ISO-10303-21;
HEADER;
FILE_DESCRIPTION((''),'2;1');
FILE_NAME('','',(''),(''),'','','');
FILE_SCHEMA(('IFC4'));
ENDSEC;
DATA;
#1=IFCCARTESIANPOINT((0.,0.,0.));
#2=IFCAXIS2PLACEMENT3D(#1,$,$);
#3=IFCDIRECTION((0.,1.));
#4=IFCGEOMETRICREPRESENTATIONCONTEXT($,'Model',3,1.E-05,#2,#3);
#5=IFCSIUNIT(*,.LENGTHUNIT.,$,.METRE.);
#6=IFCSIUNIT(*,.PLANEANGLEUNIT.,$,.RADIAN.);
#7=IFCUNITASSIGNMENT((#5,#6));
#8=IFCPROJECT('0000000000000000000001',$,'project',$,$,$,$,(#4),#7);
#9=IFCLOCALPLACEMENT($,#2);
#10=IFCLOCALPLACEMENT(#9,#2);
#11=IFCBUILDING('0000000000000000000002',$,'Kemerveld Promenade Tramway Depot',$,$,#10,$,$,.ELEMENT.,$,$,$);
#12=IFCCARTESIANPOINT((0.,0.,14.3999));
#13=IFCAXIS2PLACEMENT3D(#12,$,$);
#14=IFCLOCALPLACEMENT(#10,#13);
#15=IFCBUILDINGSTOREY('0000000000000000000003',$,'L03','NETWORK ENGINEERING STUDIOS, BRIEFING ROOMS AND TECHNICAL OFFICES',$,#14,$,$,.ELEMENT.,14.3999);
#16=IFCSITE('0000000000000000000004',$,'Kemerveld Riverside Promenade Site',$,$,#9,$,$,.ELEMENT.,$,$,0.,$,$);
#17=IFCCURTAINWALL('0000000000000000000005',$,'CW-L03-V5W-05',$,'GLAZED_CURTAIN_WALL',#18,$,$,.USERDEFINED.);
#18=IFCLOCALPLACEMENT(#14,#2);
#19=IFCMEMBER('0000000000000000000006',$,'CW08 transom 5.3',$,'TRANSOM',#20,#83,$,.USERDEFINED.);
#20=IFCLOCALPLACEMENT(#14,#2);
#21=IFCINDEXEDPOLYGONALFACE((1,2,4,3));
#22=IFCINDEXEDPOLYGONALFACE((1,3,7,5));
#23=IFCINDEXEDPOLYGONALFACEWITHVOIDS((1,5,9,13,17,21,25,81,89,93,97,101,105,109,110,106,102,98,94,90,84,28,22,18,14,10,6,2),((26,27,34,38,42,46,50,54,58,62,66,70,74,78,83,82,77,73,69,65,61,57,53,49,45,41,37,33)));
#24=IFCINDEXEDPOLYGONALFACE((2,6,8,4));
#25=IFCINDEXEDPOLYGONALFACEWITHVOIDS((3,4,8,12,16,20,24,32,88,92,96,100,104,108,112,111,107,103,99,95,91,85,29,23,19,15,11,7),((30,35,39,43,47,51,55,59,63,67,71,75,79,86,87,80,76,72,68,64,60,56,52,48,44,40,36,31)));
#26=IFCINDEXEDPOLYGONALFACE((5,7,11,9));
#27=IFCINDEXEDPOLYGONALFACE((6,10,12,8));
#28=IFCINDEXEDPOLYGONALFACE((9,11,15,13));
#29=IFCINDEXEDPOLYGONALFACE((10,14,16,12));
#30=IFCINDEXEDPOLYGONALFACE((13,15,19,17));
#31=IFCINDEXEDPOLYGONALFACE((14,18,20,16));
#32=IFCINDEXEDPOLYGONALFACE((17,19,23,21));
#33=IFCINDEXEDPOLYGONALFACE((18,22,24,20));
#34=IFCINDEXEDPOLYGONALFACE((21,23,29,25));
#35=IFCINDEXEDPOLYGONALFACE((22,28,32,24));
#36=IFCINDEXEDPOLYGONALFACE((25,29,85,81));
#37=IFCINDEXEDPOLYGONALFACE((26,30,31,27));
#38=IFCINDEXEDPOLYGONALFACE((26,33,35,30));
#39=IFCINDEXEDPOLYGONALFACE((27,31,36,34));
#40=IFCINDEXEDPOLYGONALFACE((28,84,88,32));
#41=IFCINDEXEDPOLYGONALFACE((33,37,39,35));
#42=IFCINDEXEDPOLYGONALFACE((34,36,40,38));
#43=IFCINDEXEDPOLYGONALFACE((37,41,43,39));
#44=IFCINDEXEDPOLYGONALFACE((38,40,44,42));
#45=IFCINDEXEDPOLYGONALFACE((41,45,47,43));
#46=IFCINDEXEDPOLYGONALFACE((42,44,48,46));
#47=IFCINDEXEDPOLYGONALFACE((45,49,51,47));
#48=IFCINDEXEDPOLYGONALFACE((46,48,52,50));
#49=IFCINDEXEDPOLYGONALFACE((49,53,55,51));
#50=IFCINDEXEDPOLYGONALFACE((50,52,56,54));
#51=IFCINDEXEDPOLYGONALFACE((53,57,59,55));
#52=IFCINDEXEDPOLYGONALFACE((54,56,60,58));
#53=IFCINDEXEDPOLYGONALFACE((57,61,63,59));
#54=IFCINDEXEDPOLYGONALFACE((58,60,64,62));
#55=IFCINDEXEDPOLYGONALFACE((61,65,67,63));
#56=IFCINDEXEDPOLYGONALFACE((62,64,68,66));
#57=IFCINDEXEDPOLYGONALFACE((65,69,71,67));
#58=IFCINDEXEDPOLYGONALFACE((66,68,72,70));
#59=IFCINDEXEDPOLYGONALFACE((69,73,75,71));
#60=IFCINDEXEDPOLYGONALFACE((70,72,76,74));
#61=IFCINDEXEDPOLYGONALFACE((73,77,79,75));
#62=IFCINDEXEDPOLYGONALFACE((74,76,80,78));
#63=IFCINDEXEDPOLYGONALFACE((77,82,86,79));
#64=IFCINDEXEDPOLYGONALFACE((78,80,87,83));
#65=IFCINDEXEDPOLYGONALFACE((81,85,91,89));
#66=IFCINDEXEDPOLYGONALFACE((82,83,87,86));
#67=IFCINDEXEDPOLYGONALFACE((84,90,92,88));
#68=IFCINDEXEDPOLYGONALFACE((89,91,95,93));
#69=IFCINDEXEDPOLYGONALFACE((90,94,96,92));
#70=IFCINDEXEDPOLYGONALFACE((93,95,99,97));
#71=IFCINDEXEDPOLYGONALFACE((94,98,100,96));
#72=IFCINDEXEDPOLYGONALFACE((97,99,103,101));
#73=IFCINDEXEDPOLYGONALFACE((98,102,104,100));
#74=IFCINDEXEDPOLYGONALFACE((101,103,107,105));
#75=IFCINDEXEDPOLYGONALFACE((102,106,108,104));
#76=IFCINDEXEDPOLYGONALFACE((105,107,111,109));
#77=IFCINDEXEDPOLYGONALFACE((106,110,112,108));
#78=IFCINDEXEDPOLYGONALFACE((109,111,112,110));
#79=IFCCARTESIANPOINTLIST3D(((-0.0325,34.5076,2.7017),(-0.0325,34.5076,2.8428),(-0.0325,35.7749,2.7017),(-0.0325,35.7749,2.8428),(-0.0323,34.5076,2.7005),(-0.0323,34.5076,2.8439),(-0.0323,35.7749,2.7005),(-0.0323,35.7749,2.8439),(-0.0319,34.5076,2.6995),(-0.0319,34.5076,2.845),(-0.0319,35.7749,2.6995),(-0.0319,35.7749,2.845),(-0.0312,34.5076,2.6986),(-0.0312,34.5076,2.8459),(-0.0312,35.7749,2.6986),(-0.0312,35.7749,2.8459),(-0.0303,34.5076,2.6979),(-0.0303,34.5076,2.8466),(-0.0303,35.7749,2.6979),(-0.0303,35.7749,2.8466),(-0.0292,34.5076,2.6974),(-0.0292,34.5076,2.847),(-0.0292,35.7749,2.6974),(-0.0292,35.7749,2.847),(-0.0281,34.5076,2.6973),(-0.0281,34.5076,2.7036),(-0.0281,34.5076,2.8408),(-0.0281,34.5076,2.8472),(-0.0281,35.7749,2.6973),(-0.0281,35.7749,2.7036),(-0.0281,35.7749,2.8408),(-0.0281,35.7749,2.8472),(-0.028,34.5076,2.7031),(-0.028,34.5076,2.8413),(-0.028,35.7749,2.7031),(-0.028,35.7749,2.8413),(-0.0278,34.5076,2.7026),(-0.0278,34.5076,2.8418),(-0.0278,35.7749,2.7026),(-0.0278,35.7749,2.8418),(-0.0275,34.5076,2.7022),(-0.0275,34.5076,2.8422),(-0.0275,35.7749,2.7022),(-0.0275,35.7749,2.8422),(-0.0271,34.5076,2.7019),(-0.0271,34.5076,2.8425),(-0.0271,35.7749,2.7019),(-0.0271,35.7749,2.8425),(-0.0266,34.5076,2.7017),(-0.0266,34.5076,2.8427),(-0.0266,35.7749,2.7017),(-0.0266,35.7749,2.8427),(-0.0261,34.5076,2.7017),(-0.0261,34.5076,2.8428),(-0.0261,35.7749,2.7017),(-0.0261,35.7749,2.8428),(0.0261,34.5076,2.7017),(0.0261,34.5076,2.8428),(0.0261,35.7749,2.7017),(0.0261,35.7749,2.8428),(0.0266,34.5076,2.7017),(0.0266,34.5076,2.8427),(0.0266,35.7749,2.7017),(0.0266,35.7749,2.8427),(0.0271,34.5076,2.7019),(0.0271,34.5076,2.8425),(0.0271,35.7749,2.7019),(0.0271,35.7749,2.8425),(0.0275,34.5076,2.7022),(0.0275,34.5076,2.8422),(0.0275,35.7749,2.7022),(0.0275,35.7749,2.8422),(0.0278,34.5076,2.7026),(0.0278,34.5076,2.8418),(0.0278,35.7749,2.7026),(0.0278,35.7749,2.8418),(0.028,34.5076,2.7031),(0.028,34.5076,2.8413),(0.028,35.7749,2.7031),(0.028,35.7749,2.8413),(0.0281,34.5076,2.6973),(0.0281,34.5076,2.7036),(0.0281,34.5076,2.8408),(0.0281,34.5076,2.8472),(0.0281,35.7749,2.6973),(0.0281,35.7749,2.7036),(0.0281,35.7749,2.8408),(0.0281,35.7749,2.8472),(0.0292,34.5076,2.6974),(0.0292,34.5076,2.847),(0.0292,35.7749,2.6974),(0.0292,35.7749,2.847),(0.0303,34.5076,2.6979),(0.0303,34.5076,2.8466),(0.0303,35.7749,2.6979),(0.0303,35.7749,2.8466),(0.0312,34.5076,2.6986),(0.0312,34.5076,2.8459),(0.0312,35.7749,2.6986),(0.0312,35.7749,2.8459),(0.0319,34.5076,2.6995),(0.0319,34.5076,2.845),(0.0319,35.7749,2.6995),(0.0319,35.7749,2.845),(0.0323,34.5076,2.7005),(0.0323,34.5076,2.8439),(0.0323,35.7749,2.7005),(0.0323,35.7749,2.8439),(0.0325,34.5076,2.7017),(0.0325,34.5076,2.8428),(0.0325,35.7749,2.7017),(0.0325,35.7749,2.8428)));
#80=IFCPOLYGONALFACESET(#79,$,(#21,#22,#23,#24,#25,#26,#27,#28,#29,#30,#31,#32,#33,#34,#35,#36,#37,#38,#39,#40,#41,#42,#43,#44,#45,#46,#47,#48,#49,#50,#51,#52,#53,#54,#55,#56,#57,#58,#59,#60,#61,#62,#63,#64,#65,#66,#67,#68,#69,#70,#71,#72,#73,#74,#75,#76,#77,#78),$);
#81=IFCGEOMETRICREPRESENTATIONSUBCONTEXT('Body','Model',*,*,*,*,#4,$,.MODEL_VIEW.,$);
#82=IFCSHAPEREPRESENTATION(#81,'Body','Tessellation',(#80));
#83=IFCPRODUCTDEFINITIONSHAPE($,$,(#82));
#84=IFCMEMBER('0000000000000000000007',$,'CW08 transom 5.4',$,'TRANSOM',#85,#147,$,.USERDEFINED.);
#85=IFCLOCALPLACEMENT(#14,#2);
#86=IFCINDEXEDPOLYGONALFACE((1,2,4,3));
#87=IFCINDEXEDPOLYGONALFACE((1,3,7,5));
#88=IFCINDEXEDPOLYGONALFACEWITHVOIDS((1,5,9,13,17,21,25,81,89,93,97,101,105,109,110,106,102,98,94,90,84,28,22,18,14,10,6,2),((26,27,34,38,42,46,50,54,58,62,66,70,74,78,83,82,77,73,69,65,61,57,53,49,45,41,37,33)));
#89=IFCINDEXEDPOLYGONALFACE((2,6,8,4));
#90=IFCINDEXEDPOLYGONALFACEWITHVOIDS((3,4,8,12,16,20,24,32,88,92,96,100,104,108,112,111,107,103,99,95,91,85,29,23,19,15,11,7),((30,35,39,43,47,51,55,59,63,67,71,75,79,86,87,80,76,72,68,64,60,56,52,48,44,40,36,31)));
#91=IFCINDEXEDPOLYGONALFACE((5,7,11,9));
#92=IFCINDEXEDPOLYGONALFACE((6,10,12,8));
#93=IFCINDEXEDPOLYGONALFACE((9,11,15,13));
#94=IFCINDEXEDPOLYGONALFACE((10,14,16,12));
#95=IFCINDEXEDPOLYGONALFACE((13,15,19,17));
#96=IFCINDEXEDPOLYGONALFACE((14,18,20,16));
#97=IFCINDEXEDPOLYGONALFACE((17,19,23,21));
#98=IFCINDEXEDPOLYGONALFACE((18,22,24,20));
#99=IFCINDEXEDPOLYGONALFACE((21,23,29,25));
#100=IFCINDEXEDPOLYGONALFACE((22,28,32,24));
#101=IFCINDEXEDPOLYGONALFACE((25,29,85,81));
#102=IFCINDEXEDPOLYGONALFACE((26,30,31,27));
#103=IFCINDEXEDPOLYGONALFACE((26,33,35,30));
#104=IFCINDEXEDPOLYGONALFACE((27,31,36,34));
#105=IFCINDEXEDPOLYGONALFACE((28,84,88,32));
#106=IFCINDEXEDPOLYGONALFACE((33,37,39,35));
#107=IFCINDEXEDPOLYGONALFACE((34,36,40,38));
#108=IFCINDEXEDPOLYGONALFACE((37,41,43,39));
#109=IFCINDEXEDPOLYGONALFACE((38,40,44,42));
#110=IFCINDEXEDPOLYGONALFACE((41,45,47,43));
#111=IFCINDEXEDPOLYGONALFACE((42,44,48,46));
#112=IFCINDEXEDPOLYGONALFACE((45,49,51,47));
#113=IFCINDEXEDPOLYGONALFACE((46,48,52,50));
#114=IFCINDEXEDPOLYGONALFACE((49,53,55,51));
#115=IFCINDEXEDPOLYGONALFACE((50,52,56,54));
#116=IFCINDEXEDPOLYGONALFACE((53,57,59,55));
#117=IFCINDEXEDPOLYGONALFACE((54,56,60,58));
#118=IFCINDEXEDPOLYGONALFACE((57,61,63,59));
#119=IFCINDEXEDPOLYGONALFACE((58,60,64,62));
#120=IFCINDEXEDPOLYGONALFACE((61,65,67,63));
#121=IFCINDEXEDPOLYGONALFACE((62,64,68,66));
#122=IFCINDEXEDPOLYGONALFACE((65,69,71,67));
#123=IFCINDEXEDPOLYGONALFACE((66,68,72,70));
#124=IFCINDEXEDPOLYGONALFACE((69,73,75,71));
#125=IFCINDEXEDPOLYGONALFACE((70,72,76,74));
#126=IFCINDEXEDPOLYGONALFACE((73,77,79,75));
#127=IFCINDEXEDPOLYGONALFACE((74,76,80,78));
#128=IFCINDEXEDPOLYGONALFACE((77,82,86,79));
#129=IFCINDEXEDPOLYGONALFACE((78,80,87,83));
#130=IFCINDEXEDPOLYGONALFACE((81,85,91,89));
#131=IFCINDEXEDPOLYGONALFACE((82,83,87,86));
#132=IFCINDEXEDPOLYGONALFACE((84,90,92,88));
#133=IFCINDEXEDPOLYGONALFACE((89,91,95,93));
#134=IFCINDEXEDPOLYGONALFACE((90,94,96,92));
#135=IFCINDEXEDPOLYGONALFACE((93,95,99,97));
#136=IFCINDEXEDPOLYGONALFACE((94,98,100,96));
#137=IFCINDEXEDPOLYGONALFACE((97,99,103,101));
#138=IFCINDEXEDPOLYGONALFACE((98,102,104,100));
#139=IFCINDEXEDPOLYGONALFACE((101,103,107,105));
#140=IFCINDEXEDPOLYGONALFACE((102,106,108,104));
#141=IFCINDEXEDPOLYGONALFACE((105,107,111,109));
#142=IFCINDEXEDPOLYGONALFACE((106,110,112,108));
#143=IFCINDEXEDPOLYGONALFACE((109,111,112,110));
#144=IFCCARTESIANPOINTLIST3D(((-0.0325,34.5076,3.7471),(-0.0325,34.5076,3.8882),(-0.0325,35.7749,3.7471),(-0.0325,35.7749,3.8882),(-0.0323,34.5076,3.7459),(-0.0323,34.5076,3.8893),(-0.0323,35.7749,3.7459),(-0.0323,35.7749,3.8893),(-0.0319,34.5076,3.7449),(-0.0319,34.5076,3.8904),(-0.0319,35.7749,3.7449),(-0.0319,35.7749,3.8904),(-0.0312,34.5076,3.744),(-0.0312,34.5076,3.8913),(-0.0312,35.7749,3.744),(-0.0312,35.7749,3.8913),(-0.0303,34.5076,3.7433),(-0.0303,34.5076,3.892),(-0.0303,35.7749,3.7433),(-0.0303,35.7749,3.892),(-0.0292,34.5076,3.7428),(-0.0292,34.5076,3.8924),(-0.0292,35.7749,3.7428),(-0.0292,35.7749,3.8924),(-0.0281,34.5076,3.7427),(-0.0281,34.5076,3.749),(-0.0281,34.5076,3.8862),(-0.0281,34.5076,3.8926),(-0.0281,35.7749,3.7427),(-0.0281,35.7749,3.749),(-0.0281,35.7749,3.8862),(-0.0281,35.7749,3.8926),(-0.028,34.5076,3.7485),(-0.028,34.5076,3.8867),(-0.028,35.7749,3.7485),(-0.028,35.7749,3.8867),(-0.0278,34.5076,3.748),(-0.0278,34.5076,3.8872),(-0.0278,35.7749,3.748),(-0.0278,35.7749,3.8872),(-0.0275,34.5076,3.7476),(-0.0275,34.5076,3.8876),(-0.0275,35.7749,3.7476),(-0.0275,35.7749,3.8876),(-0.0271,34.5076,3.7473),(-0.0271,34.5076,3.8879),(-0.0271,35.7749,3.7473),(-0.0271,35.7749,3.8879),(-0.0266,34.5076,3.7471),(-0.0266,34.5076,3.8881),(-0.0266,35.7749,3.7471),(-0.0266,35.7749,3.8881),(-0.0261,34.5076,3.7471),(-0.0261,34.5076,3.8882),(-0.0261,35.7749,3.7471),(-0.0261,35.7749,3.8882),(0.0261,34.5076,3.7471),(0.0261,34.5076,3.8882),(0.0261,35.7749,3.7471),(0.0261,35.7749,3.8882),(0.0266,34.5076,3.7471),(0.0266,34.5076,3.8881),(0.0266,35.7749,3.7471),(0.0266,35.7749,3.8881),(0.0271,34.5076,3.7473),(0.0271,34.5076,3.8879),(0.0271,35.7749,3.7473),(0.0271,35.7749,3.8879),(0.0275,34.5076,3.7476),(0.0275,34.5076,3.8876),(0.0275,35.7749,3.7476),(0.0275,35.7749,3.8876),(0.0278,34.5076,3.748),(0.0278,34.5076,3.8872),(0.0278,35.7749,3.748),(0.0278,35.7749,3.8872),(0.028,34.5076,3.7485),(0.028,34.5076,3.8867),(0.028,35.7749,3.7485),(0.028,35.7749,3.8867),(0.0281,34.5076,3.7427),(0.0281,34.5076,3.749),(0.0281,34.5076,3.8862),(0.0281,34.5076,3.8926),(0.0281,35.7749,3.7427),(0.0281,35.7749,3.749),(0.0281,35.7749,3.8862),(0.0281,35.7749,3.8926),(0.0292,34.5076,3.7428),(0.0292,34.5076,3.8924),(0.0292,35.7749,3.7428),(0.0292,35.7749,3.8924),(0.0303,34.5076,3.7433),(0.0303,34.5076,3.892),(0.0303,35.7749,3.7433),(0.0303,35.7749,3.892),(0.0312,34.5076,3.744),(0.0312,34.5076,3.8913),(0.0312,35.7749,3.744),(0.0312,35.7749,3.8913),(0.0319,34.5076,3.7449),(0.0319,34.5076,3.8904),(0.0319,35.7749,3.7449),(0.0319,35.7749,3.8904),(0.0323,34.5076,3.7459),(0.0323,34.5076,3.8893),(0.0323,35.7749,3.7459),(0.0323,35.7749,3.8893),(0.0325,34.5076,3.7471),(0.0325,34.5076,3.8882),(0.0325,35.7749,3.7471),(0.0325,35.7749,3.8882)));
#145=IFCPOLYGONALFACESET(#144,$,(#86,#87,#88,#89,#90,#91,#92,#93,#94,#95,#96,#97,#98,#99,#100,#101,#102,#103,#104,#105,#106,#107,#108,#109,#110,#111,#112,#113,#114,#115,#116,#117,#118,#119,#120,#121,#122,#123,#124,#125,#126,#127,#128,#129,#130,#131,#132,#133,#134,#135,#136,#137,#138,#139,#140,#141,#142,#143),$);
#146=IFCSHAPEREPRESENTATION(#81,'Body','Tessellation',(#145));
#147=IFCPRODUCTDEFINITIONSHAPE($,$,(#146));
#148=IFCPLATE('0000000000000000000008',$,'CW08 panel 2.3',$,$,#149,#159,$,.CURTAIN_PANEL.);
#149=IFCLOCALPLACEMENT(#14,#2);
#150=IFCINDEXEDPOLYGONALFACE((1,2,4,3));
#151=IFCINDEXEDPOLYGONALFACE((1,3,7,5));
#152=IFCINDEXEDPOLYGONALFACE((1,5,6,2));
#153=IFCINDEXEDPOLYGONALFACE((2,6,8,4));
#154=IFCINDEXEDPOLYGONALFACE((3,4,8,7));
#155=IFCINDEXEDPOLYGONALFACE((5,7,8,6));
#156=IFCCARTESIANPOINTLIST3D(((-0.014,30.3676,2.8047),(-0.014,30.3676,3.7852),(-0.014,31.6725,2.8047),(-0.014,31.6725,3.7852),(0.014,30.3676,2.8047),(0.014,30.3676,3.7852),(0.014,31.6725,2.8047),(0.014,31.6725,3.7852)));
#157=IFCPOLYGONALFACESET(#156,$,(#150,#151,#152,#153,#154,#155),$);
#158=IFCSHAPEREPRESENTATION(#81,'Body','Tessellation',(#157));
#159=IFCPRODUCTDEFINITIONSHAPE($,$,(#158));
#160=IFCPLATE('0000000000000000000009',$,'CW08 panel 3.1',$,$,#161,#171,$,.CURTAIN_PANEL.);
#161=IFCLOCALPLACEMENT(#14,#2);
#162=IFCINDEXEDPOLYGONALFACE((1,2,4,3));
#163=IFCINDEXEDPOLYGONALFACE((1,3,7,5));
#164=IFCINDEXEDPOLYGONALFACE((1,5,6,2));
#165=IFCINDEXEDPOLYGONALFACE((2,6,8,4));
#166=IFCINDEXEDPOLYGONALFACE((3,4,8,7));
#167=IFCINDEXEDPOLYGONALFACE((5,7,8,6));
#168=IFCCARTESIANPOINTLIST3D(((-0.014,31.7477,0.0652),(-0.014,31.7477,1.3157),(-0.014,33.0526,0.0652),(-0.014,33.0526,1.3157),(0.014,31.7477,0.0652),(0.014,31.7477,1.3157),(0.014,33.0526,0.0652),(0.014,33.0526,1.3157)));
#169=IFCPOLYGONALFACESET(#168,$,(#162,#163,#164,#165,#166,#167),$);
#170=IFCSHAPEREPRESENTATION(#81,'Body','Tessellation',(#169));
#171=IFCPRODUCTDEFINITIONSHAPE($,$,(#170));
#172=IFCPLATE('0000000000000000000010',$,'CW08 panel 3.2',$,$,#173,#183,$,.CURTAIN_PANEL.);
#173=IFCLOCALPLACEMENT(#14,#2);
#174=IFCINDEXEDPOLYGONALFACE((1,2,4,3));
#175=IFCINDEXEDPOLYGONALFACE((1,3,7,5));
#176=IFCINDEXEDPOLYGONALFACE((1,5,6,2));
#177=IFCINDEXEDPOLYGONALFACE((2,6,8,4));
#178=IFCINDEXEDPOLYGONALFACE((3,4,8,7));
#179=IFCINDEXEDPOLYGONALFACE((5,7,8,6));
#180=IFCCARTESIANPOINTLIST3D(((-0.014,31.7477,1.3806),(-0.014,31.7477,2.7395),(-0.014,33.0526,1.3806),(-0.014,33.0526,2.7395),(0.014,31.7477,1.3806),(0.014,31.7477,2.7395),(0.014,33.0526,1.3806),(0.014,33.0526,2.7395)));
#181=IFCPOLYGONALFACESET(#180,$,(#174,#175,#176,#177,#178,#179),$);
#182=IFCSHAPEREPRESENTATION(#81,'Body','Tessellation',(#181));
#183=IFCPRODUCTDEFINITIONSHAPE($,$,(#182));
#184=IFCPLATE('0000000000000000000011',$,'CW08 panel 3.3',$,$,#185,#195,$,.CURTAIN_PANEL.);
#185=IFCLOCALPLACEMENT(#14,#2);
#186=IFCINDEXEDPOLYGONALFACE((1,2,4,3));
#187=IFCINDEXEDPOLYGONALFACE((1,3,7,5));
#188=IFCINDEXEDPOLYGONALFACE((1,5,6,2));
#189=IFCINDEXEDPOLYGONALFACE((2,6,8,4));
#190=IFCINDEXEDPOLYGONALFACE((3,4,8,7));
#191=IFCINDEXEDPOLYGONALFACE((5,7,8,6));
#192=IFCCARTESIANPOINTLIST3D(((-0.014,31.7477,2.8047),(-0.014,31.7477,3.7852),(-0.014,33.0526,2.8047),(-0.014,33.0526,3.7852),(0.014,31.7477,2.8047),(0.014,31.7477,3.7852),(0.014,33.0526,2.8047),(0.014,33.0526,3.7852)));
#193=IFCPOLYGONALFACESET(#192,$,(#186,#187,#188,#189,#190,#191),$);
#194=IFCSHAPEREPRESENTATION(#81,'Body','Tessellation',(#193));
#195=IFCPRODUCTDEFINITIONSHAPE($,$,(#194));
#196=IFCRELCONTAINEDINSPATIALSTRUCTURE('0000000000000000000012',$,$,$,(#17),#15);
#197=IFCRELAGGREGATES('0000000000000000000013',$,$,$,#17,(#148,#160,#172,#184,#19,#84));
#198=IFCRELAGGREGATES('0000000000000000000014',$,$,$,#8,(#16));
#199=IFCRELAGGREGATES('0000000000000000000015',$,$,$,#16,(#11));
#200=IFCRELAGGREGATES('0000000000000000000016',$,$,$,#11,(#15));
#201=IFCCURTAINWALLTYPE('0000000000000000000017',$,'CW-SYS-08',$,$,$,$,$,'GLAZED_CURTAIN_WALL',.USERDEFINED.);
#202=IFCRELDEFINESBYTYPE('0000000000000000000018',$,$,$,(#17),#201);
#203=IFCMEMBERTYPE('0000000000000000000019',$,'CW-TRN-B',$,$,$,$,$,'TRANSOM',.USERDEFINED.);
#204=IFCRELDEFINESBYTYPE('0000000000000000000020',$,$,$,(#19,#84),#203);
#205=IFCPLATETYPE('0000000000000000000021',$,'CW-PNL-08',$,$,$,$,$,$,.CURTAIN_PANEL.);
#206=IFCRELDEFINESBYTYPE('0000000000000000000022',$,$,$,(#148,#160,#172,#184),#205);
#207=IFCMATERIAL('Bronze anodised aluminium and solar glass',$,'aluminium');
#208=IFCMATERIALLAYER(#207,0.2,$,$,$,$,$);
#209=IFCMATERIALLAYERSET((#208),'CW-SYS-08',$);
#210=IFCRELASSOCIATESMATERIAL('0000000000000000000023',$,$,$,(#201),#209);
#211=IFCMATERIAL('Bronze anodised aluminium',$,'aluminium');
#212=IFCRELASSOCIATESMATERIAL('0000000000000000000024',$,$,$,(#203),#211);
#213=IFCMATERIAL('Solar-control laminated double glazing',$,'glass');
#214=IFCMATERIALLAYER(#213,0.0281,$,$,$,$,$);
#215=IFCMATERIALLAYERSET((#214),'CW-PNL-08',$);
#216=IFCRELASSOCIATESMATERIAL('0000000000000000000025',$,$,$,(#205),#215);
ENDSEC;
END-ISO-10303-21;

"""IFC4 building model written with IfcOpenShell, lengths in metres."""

from ifc_helpers import new_model, si_unit, direction, frame, origin, origin_2d, place, context, subcontext, project, spatial, rectangle, hollow_rectangle, extrude, material, layer, layer_set, material_profile, profile_set, type_object, element, aggregate, save


model = new_model("IFC4")

# Units and contexts
model_context = context("Model", 3, precision=1e-05, world=origin(), true_north=direction((0.0, 1.0)))
body_context = subcontext(model_context, "Body", "Model", "MODEL_VIEW")
ifc_project = project(units=[si_unit("LENGTHUNIT", "METRE"), si_unit("PLANEANGLEUNIT", "RADIAN")], contexts=[model_context])

# Site, building, storey
site_placement = place(None, origin())
site = spatial("IfcSite", under=ifc_project, at=site_placement, Name="Kemerveld Riverside Promenade Site", CompositionType="ELEMENT", RefElevation=0.0)
building_placement = place(site_placement, origin())
building = spatial("IfcBuilding", under=site, at=building_placement, Name="Kemerveld Promenade Tramway Depot", CompositionType="ELEMENT")
storey_placement = place(building_placement, frame((0.0, 0.0, 14.3999)))
storey = spatial("IfcBuildingStorey", under=building, at=storey_placement, Name="L03", Description="NETWORK ENGINEERING STUDIOS, BRIEFING ROOMS AND TECHNICAL OFFICES", CompositionType="ELEMENT", Elevation=14.3999)

# Curtain wall, members, plates
ifc_material_1 = material(Name="Bronze anodised aluminium and solar glass", Category="aluminium")
ifc_layer_1 = layer(ifc_material_1, 0.2)
ifc_layer_set_1 = layer_set([ifc_layer_1], Name="CW-SYS-08")
curtain_wall_type = type_object("IfcCurtainWallType", Name="CW-SYS-08", ElementType="GLAZED_CURTAIN_WALL", PredefinedType="USERDEFINED", material=ifc_layer_set_1)
curtain_wall_placement = place(storey_placement, origin())
curtain_wall = element("IfcCurtainWall", 1, at=curtain_wall_placement, inside=storey, type_object=curtain_wall_type, Name="CW-L03-V5W-05", ObjectType="GLAZED_CURTAIN_WALL", PredefinedType="USERDEFINED")
ifc_material_2 = material(Name="Bronze anodised aluminium", Category="aluminium")
ifc_material_profile_1 = material_profile(ifc_material_2, hollow_rectangle(XDim=0.0649, YDim=0.1499, WallThickness=0.0044, InnerFilletRadius=0.002, OuterFilletRadius=0.0044, at=origin_2d()), Name="CW-TRN-150x65")
ifc_profile_set_1 = profile_set([ifc_material_profile_1], Name="Bronze anodised aluminium")
member_type_1 = type_object("IfcMemberType", Name="CW-TRN-B", ElementType="TRANSOM", PredefinedType="USERDEFINED", material=ifc_profile_set_1)
member_1_placement = place(storey_placement, frame((0.0, 34.5076, 2.7722), z_axis=(0.0, 1.0, 0.0), x_axis=(-1.0, 0.0, 0.0)))
member_1 = element("IfcMember", 2, at=member_1_placement, type_object=member_type_1, Name="CW08 transom 5.3", ObjectType="TRANSOM", PredefinedType="USERDEFINED", context=body_context, shape_type="SweptSolid", body=[
    extrude(hollow_rectangle(XDim=0.0649, YDim=0.1499, WallThickness=0.0044, InnerFilletRadius=0.002, OuterFilletRadius=0.0044, at=origin_2d()), origin(), (0.0, 0.0, 1.0), 1.2673),
])
member_2_placement = place(storey_placement, frame((0.0, 34.5076, 3.8176), z_axis=(0.0, 1.0, 0.0), x_axis=(-1.0, 0.0, 0.0)))
member_2 = element("IfcMember", 3, at=member_2_placement, type_object=member_type_1, Name="CW08 transom 5.4", ObjectType="TRANSOM", PredefinedType="USERDEFINED", context=body_context, shape_type="SweptSolid", body=[
    extrude(hollow_rectangle(XDim=0.0649, YDim=0.1499, WallThickness=0.0044, InnerFilletRadius=0.002, OuterFilletRadius=0.0044, at=origin_2d()), origin(), (0.0, 0.0, 1.0), 1.2673),
])
ifc_material_3 = material(Name="Solar-control laminated double glazing", Category="glass")
ifc_layer_2 = layer(ifc_material_3, 0.0281)
ifc_layer_set_2 = layer_set([ifc_layer_2], Name="CW-PNL-08")
plate_type = type_object("IfcPlateType", Name="CW-PNL-08", PredefinedType="CURTAIN_PANEL", material=ifc_layer_set_2)
plate_1_placement = place(storey_placement, frame((0.0, 31.02, 2.8047), z_axis=(0.0, 0.0, 1.0), x_axis=(0.0, 1.0, 0.0)))
plate_1 = element("IfcPlate", 4, at=plate_1_placement, type_object=plate_type, Name="CW08 panel 2.3", PredefinedType="CURTAIN_PANEL", context=body_context, shape_type="SweptSolid", body=[
    extrude(rectangle(XDim=1.3049, YDim=0.0281, at=origin_2d()), origin(), (0.0, 0.0, 1.0), 0.9805),
])
plate_2_placement = place(storey_placement, frame((0.0, 32.4001, 0.0652), z_axis=(0.0, 0.0, 1.0), x_axis=(0.0, 1.0, 0.0)))
plate_2 = element("IfcPlate", 5, at=plate_2_placement, type_object=plate_type, Name="CW08 panel 3.1", PredefinedType="CURTAIN_PANEL", context=body_context, shape_type="SweptSolid", body=[
    extrude(rectangle(XDim=1.3049, YDim=0.0281, at=origin_2d()), origin(), (0.0, 0.0, 1.0), 1.2505),
])
plate_3_placement = place(storey_placement, frame((0.0, 32.4001, 1.3806), z_axis=(0.0, 0.0, 1.0), x_axis=(0.0, 1.0, 0.0)))
plate_3 = element("IfcPlate", 6, at=plate_3_placement, type_object=plate_type, Name="CW08 panel 3.2", PredefinedType="CURTAIN_PANEL", context=body_context, shape_type="SweptSolid", body=[
    extrude(rectangle(XDim=1.3049, YDim=0.0281, at=origin_2d()), origin(), (0.0, 0.0, 1.0), 1.3589),
])
plate_4_placement = place(storey_placement, frame((0.0, 32.4001, 2.8047), z_axis=(0.0, 0.0, 1.0), x_axis=(0.0, 1.0, 0.0)))
plate_4 = element("IfcPlate", 7, at=plate_4_placement, type_object=plate_type, Name="CW08 panel 3.3", PredefinedType="CURTAIN_PANEL", context=body_context, shape_type="SweptSolid", body=[
    extrude(rectangle(XDim=1.3049, YDim=0.0281, at=origin_2d()), origin(), (0.0, 0.0, 1.0), 0.9805),
])
aggregate(curtain_wall, [plate_1, plate_2, plate_3, plate_4, member_1, member_2])

save(model, "model.ifc")
